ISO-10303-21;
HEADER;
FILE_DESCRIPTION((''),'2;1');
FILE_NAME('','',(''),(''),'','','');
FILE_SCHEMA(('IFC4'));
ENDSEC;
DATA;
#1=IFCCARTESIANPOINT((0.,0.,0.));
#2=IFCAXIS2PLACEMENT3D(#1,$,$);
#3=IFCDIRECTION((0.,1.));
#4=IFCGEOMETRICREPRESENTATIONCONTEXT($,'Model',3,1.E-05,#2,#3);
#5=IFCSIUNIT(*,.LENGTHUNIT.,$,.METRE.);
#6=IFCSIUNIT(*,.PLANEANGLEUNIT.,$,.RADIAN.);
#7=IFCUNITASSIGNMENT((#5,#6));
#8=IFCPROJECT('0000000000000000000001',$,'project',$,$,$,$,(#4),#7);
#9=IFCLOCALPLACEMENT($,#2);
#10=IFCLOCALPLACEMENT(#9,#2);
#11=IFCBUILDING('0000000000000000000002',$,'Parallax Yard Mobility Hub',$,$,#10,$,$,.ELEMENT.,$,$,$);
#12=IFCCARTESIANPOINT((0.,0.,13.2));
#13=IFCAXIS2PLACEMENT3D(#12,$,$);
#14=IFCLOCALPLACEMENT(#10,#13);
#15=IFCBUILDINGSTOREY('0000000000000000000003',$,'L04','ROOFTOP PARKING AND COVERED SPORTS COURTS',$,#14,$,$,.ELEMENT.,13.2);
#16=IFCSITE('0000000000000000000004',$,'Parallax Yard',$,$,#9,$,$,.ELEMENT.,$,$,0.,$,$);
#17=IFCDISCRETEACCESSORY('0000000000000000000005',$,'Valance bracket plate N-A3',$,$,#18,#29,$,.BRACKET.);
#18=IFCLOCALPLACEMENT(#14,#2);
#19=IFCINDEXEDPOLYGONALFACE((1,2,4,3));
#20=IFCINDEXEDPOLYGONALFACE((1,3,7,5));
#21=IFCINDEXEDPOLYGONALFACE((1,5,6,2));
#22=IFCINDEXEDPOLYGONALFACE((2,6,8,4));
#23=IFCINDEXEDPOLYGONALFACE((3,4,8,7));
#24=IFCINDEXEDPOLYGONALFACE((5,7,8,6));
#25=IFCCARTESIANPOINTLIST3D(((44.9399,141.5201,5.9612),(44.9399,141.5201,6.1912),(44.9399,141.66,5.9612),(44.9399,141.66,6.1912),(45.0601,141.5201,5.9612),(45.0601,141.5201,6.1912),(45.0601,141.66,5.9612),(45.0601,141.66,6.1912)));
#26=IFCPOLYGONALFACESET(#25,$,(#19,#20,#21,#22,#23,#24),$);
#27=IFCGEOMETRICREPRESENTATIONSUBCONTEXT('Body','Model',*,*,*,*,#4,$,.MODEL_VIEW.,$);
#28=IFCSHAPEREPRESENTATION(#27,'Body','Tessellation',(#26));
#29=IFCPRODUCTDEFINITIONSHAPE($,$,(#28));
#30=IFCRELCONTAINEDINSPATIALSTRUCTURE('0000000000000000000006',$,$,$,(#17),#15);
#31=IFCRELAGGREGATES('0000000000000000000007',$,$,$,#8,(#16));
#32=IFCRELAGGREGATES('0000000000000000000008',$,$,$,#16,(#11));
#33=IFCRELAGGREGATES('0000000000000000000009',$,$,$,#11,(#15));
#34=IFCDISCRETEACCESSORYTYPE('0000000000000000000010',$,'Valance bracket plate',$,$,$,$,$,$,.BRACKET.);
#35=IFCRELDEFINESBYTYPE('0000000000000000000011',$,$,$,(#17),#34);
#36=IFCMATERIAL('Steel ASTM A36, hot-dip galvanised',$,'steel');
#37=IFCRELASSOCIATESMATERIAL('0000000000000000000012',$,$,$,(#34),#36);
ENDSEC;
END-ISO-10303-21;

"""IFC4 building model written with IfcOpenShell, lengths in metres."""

from ifc_helpers import new_model, si_unit, direction, frame, origin, origin_2d, place, context, subcontext, project, spatial, rectangle, extrude, material, type_object, element, save


model = new_model("IFC4")

# Units and contexts
model_context = context("Model", 3, precision=1e-05, world=origin(), true_north=direction((0.0, 1.0)))
body_context = subcontext(model_context, "Body", "Model", "MODEL_VIEW")
ifc_project = project(units=[si_unit("LENGTHUNIT", "METRE"), si_unit("PLANEANGLEUNIT", "RADIAN")], contexts=[model_context])

# Site, building, storey
site_placement = place(None, origin())
site = spatial("IfcSite", under=ifc_project, at=site_placement, Name="Parallax Yard", CompositionType="ELEMENT", RefElevation=0.0)
building_placement = place(site_placement, origin())
building = spatial("IfcBuilding", under=site, at=building_placement, Name="Parallax Yard Mobility Hub", CompositionType="ELEMENT")
storey_placement = place(building_placement, frame((0.0, 0.0, 13.2)))
storey = spatial("IfcBuildingStorey", under=building, at=storey_placement, Name="L04", Description="ROOFTOP PARKING AND COVERED SPORTS COURTS", CompositionType="ELEMENT", Elevation=13.2)

# Discrete accessory
ifc_material_1 = material(Name="Steel ASTM A36, hot-dip galvanised", Category="steel")
discrete_accessory_type = type_object("IfcDiscreteAccessoryType", Name="Valance bracket plate", PredefinedType="BRACKET", material=ifc_material_1)
discrete_accessory_placement = place(storey_placement, frame((45.0, 141.5901, 5.9612), z_axis=(0.0, 0.0, 1.0), x_axis=(0.0, 1.0, 0.0)))
element("IfcDiscreteAccessory", 1, at=discrete_accessory_placement, inside=storey, type_object=discrete_accessory_type, Name="Valance bracket plate N-A3", PredefinedType="BRACKET", context=body_context, shape_type="SweptSolid", body=[
    extrude(rectangle(XDim=0.1399, YDim=0.1201, at=origin_2d()), origin(), (0.0, 0.0, 1.0), 0.23),
])

save(model, "model.ifc")
